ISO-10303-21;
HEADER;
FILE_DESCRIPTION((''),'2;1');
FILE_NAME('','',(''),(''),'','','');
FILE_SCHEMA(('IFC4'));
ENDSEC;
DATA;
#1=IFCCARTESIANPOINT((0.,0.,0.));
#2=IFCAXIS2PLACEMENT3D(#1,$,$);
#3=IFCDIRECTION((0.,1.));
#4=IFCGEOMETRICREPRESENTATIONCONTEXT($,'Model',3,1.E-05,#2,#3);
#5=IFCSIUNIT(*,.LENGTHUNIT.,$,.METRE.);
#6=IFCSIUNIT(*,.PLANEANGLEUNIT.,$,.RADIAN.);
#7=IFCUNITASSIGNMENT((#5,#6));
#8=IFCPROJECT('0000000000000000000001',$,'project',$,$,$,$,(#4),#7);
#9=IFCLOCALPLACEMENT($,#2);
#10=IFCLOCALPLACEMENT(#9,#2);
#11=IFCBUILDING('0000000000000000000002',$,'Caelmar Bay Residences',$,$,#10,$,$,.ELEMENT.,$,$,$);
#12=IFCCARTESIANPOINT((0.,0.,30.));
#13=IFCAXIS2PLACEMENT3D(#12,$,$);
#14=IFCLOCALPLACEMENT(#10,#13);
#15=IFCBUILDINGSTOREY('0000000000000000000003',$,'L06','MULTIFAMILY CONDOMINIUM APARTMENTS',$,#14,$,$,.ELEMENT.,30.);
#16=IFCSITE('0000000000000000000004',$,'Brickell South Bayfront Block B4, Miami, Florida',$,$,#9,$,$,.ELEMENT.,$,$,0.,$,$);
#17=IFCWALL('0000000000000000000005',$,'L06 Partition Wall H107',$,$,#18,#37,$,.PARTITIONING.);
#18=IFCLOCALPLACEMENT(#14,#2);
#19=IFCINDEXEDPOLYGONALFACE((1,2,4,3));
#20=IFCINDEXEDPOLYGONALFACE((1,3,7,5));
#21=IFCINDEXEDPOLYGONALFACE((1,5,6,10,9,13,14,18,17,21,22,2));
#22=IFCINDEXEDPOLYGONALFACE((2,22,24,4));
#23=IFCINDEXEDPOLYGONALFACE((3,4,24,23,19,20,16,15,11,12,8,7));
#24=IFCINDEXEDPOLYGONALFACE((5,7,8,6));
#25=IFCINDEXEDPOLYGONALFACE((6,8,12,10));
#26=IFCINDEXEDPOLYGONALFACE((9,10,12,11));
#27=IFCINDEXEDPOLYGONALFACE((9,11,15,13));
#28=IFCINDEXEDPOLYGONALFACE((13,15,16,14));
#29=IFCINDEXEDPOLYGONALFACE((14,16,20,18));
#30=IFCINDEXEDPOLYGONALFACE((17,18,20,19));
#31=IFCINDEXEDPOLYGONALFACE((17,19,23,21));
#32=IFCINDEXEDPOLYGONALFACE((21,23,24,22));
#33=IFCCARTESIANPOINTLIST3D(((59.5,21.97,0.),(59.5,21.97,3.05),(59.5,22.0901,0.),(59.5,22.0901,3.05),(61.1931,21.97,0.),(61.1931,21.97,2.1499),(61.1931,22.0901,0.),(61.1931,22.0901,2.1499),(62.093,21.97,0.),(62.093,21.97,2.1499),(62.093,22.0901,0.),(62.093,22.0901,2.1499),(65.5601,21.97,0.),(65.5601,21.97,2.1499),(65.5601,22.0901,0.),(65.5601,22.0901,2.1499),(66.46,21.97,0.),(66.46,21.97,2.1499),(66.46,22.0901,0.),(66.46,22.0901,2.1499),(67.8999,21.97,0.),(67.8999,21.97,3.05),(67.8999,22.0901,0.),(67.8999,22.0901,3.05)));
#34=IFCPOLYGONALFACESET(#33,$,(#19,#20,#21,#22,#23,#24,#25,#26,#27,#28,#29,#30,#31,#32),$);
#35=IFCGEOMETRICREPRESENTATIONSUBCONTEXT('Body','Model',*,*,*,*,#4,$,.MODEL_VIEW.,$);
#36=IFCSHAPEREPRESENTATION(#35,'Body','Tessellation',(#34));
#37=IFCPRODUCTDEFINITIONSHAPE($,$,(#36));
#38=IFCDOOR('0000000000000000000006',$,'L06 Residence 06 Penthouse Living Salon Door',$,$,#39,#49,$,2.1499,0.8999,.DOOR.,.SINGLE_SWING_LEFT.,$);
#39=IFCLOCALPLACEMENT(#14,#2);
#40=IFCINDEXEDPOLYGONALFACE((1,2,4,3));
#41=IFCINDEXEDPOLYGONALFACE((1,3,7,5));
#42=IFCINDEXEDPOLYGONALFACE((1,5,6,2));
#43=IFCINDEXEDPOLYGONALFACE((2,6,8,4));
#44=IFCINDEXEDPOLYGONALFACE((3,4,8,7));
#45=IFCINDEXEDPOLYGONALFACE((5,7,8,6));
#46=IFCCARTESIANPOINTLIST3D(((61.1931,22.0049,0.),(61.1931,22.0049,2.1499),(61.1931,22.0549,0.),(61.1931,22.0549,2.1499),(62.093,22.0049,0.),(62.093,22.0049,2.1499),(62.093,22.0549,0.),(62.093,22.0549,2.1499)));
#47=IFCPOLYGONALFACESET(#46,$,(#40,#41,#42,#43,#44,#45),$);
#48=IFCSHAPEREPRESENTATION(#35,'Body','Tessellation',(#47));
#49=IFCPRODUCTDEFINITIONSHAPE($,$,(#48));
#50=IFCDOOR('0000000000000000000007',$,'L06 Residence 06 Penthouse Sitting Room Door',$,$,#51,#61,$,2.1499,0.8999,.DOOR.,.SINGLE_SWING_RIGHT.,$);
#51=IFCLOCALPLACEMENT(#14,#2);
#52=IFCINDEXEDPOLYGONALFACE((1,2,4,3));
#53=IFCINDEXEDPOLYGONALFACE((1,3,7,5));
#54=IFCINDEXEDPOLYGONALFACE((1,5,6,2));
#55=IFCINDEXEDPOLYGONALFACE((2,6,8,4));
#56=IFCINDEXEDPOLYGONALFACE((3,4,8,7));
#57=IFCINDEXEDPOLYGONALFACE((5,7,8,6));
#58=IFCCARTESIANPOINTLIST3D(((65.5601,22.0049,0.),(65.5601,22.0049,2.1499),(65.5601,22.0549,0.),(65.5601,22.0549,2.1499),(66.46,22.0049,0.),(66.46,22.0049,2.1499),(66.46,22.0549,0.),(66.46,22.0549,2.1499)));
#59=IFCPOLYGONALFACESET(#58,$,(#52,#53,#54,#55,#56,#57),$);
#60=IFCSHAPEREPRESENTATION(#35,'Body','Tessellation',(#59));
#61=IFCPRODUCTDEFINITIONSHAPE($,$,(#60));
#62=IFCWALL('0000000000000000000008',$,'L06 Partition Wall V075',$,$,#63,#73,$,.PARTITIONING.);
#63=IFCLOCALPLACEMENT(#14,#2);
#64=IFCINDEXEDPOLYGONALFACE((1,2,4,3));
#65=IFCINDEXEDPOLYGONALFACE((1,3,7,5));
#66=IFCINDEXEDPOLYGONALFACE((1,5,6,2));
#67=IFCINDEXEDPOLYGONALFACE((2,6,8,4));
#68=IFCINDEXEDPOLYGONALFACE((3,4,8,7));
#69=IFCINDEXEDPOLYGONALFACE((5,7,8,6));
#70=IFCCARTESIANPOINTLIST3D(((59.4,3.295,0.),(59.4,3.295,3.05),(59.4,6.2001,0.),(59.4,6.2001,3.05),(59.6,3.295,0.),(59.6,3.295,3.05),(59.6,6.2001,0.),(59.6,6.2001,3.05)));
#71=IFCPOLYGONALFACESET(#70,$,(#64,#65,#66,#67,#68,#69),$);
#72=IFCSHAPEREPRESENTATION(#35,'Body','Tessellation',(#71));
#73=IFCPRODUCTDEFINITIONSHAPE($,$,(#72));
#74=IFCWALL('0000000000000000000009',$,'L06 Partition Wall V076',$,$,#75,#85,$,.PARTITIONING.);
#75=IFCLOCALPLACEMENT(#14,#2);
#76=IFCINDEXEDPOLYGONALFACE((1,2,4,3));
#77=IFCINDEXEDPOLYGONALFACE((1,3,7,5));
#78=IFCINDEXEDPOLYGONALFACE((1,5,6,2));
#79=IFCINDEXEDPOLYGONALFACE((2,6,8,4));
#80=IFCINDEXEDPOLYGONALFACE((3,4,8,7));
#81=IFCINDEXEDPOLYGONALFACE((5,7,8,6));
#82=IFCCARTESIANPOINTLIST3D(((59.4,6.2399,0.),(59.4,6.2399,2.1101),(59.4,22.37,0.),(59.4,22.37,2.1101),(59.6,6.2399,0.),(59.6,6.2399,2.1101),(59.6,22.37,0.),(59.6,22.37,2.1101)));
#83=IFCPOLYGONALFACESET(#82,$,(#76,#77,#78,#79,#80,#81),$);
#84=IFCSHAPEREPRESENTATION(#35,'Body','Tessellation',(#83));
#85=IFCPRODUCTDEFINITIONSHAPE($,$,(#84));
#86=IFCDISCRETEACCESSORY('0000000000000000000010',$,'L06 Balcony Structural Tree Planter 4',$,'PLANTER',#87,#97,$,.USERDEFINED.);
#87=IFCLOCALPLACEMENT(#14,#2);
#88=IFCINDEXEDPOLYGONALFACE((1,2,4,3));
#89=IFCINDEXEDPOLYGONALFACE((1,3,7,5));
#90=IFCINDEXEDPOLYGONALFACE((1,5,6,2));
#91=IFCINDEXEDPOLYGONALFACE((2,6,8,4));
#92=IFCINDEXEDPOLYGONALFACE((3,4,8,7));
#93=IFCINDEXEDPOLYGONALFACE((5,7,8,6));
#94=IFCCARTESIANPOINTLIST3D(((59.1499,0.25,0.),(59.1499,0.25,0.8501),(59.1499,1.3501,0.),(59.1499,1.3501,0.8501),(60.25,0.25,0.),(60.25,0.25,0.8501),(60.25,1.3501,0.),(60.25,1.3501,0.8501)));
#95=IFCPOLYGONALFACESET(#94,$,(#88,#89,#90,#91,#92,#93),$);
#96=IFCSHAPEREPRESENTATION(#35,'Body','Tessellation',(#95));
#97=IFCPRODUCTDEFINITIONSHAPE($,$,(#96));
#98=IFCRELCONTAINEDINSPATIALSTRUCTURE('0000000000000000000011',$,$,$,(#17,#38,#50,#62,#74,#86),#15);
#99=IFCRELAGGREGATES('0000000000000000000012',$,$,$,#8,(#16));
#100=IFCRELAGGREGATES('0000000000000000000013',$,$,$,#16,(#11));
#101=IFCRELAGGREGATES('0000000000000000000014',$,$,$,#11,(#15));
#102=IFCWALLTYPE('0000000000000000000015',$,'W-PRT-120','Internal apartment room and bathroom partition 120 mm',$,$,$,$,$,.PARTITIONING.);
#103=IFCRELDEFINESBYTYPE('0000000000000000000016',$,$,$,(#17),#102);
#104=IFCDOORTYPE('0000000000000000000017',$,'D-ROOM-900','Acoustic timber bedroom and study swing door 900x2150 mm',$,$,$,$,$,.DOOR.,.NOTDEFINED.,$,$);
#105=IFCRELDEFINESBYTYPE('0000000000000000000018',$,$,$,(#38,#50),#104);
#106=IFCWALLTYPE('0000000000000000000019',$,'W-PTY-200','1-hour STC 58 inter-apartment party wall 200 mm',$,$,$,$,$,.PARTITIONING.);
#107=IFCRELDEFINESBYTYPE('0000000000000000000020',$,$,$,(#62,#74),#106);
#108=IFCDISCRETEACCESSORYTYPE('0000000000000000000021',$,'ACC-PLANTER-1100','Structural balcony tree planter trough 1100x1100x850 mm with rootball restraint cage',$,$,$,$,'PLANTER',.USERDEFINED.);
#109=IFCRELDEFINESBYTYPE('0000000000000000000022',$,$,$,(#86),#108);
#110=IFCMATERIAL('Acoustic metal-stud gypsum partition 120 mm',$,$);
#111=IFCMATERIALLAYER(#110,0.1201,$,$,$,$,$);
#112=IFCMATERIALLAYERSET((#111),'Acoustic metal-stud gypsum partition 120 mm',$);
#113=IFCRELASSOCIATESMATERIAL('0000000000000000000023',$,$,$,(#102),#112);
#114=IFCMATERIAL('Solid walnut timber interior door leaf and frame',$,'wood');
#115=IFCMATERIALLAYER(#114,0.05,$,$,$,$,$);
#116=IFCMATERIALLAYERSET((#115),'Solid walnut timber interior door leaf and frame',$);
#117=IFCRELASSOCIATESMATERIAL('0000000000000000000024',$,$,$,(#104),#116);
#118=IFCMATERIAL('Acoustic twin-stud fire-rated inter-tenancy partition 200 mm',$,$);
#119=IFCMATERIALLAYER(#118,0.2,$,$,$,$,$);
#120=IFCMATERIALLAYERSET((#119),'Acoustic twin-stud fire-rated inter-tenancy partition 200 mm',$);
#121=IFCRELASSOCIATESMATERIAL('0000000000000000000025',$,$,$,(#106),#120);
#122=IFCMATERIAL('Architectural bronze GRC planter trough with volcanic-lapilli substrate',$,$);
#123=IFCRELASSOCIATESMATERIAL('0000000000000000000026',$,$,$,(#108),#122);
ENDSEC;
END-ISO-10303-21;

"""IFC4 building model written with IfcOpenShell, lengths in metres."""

from ifc_helpers import new_model, si_unit, direction, frame, frame_2d, origin, origin_2d, place, context, subcontext, project, spatial, rectangle, extrude, material, layer, layer_set, type_object, element, fill, save


model = new_model("IFC4")

# Units and contexts
model_context = context("Model", 3, precision=1e-05, world=origin(), true_north=direction((0.0, 1.0)))
body_context = subcontext(model_context, "Body", "Model", "MODEL_VIEW")
ifc_project = project(units=[si_unit("LENGTHUNIT", "METRE"), si_unit("PLANEANGLEUNIT", "RADIAN")], contexts=[model_context])

# Site, building, storey
site_placement = place(None, origin())
site = spatial("IfcSite", under=ifc_project, at=site_placement, Name="Brickell South Bayfront Block B4, Miami, Florida", CompositionType="ELEMENT", RefElevation=0.0)
building_placement = place(site_placement, origin())
building = spatial("IfcBuilding", under=site, at=building_placement, Name="Caelmar Bay Residences", CompositionType="ELEMENT")
storey_placement = place(building_placement, frame((0.0, 0.0, 30.0)))
storey = spatial("IfcBuildingStorey", under=building, at=storey_placement, Name="L06", Description="MULTIFAMILY CONDOMINIUM APARTMENTS", CompositionType="ELEMENT", Elevation=30.0)

# Shared definitions
ifc_material_1 = material(Name="Acoustic metal-stud gypsum partition 120 mm")
ifc_layer_1 = layer(ifc_material_1, 0.1201)
ifc_layer_set_1 = layer_set([ifc_layer_1], Name="Acoustic metal-stud gypsum partition 120 mm")
wall_type_1 = type_object("IfcWallType", Name="W-PRT-120", Description="Internal apartment room and bathroom partition 120 mm", PredefinedType="PARTITIONING", material=ifc_layer_set_1)

# Shared definitions
ifc_material_2 = material(Name="Solid walnut timber interior door leaf and frame", Category="wood")
ifc_layer_2 = layer(ifc_material_2, 0.05)
ifc_layer_set_2 = layer_set([ifc_layer_2], Name="Solid walnut timber interior door leaf and frame")
door_type = type_object("IfcDoorType", Name="D-ROOM-900", Description="Acoustic timber bedroom and study swing door 900x2150 mm", OperationType="NOTDEFINED", PredefinedType="DOOR", material=ifc_layer_set_2)

# Wall, openings, doors
wall_1_placement = place(storey_placement, frame((59.5, 22.03, 0.0), z_axis=(0.0, 0.0, 1.0), x_axis=(1.0, 0.0, 0.0)))
wall_1 = element("IfcWall", 1, at=wall_1_placement, inside=storey, type_object=wall_type_1, Name="L06 Partition Wall H107", PredefinedType="PARTITIONING", context=body_context, shape_type="SweptSolid", body=[
    extrude(rectangle(XDim=8.3999, YDim=0.1201, at=frame_2d((4.2, 0.0))), origin(), (0.0, 0.0, 1.0), 3.05),
])
opening_1_placement = place(wall_1_placement, frame((1.6931, 0.0, 0.0)))
opening_1 = element("IfcOpeningElement", 2, at=opening_1_placement, cuts=wall_1, PredefinedType="OPENING", context=body_context, shape_type="SweptSolid", body=[
    extrude(rectangle(XDim=0.8999, YDim=2.1499, at=frame_2d((0.45, 1.075))), frame((0.0, 0.0701, 0.0), z_axis=(0.0, -1.0, 0.0), x_axis=(1.0, 0.0, 0.0)), (0.0, 0.0, 1.0), 0.1401),
])
opening_2_placement = place(wall_1_placement, frame((6.0601, 0.0, 0.0)))
opening_2 = element("IfcOpeningElement", 3, at=opening_2_placement, cuts=wall_1, PredefinedType="OPENING", context=body_context, shape_type="SweptSolid", body=[
    extrude(rectangle(XDim=0.8999, YDim=2.1499, at=frame_2d((0.45, 1.075))), frame((0.0, 0.0701, 0.0), z_axis=(0.0, -1.0, 0.0), x_axis=(1.0, 0.0, 0.0)), (0.0, 0.0, 1.0), 0.1401),
])
door_1_placement = place(opening_1_placement, origin())
door_1 = element("IfcDoor", 4, at=door_1_placement, inside=storey, type_object=door_type, Name="L06 Residence 06 Penthouse Living Salon Door", OperationType="SINGLE_SWING_LEFT", OverallHeight=2.1499, OverallWidth=0.8999, PredefinedType="DOOR", context=body_context, shape_type="SweptSolid", body=[
    extrude(rectangle(XDim=0.8999, YDim=2.1499, at=frame_2d((0.45, 1.075))), frame((0.0, 0.0249, 0.0), z_axis=(0.0, -1.0, 0.0), x_axis=(1.0, 0.0, 0.0)), (0.0, 0.0, 1.0), 0.05),
])
fill(opening_1, door_1)
door_2_placement = place(opening_2_placement, origin())
door_2 = element("IfcDoor", 5, at=door_2_placement, inside=storey, type_object=door_type, Name="L06 Residence 06 Penthouse Sitting Room Door", OperationType="SINGLE_SWING_RIGHT", OverallHeight=2.1499, OverallWidth=0.8999, PredefinedType="DOOR", context=body_context, shape_type="SweptSolid", body=[
    extrude(rectangle(XDim=0.8999, YDim=2.1499, at=frame_2d((0.45, 1.075))), frame((0.0, 0.0249, 0.0), z_axis=(0.0, -1.0, 0.0), x_axis=(1.0, 0.0, 0.0)), (0.0, 0.0, 1.0), 0.05),
])
fill(opening_2, door_2)

# Walls
ifc_material_3 = material(Name="Acoustic twin-stud fire-rated inter-tenancy partition 200 mm")
ifc_layer_3 = layer(ifc_material_3, 0.2)
ifc_layer_set_3 = layer_set([ifc_layer_3], Name="Acoustic twin-stud fire-rated inter-tenancy partition 200 mm")
wall_type_2 = type_object("IfcWallType", Name="W-PTY-200", Description="1-hour STC 58 inter-apartment party wall 200 mm", PredefinedType="PARTITIONING", material=ifc_layer_set_3)
wall_2_placement = place(storey_placement, frame((59.5, 3.2949, 0.0), z_axis=(0.0, 0.0, 1.0), x_axis=(0.0, 1.0, 0.0)))
element("IfcWall", 6, at=wall_2_placement, inside=storey, type_object=wall_type_2, Name="L06 Partition Wall V075", PredefinedType="PARTITIONING", context=body_context, shape_type="SweptSolid", body=[
    extrude(rectangle(XDim=2.905, YDim=0.2, at=frame_2d((1.4526, 0.0))), origin(), (0.0, 0.0, 1.0), 3.05),
])
wall_3_placement = place(storey_placement, frame((59.5, 6.24, 0.0), z_axis=(0.0, 0.0, 1.0), x_axis=(0.0, 1.0, 0.0)))
element("IfcWall", 7, at=wall_3_placement, inside=storey, type_object=wall_type_2, Name="L06 Partition Wall V076", PredefinedType="PARTITIONING", context=body_context, shape_type="SweptSolid", body=[
    extrude(rectangle(XDim=16.1301, YDim=0.2, at=frame_2d((8.0649, 0.0))), origin(), (0.0, 0.0, 1.0), 2.1101),
])

# Discrete accessory
ifc_material_4 = material(Name="Architectural bronze GRC planter trough with volcanic-lapilli substrate")
discrete_accessory_type = type_object("IfcDiscreteAccessoryType", Name="ACC-PLANTER-1100", Description="Structural balcony tree planter trough 1100x1100x850 mm with rootball restraint cage", ElementType="PLANTER", PredefinedType="USERDEFINED", material=ifc_material_4)
discrete_accessory_placement = place(storey_placement, frame((59.7, 0.8, 0.0), z_axis=(0.0, 0.0, 1.0), x_axis=(1.0, 0.0, 0.0)))
element("IfcDiscreteAccessory", 8, at=discrete_accessory_placement, inside=storey, type_object=discrete_accessory_type, Name="L06 Balcony Structural Tree Planter 4", ObjectType="PLANTER", PredefinedType="USERDEFINED", context=body_context, shape_type="SweptSolid", body=[
    extrude(rectangle(XDim=1.1001, YDim=1.1001, at=origin_2d()), origin(), (0.0, 0.0, 1.0), 0.8501),
])

save(model, "model.ifc")
